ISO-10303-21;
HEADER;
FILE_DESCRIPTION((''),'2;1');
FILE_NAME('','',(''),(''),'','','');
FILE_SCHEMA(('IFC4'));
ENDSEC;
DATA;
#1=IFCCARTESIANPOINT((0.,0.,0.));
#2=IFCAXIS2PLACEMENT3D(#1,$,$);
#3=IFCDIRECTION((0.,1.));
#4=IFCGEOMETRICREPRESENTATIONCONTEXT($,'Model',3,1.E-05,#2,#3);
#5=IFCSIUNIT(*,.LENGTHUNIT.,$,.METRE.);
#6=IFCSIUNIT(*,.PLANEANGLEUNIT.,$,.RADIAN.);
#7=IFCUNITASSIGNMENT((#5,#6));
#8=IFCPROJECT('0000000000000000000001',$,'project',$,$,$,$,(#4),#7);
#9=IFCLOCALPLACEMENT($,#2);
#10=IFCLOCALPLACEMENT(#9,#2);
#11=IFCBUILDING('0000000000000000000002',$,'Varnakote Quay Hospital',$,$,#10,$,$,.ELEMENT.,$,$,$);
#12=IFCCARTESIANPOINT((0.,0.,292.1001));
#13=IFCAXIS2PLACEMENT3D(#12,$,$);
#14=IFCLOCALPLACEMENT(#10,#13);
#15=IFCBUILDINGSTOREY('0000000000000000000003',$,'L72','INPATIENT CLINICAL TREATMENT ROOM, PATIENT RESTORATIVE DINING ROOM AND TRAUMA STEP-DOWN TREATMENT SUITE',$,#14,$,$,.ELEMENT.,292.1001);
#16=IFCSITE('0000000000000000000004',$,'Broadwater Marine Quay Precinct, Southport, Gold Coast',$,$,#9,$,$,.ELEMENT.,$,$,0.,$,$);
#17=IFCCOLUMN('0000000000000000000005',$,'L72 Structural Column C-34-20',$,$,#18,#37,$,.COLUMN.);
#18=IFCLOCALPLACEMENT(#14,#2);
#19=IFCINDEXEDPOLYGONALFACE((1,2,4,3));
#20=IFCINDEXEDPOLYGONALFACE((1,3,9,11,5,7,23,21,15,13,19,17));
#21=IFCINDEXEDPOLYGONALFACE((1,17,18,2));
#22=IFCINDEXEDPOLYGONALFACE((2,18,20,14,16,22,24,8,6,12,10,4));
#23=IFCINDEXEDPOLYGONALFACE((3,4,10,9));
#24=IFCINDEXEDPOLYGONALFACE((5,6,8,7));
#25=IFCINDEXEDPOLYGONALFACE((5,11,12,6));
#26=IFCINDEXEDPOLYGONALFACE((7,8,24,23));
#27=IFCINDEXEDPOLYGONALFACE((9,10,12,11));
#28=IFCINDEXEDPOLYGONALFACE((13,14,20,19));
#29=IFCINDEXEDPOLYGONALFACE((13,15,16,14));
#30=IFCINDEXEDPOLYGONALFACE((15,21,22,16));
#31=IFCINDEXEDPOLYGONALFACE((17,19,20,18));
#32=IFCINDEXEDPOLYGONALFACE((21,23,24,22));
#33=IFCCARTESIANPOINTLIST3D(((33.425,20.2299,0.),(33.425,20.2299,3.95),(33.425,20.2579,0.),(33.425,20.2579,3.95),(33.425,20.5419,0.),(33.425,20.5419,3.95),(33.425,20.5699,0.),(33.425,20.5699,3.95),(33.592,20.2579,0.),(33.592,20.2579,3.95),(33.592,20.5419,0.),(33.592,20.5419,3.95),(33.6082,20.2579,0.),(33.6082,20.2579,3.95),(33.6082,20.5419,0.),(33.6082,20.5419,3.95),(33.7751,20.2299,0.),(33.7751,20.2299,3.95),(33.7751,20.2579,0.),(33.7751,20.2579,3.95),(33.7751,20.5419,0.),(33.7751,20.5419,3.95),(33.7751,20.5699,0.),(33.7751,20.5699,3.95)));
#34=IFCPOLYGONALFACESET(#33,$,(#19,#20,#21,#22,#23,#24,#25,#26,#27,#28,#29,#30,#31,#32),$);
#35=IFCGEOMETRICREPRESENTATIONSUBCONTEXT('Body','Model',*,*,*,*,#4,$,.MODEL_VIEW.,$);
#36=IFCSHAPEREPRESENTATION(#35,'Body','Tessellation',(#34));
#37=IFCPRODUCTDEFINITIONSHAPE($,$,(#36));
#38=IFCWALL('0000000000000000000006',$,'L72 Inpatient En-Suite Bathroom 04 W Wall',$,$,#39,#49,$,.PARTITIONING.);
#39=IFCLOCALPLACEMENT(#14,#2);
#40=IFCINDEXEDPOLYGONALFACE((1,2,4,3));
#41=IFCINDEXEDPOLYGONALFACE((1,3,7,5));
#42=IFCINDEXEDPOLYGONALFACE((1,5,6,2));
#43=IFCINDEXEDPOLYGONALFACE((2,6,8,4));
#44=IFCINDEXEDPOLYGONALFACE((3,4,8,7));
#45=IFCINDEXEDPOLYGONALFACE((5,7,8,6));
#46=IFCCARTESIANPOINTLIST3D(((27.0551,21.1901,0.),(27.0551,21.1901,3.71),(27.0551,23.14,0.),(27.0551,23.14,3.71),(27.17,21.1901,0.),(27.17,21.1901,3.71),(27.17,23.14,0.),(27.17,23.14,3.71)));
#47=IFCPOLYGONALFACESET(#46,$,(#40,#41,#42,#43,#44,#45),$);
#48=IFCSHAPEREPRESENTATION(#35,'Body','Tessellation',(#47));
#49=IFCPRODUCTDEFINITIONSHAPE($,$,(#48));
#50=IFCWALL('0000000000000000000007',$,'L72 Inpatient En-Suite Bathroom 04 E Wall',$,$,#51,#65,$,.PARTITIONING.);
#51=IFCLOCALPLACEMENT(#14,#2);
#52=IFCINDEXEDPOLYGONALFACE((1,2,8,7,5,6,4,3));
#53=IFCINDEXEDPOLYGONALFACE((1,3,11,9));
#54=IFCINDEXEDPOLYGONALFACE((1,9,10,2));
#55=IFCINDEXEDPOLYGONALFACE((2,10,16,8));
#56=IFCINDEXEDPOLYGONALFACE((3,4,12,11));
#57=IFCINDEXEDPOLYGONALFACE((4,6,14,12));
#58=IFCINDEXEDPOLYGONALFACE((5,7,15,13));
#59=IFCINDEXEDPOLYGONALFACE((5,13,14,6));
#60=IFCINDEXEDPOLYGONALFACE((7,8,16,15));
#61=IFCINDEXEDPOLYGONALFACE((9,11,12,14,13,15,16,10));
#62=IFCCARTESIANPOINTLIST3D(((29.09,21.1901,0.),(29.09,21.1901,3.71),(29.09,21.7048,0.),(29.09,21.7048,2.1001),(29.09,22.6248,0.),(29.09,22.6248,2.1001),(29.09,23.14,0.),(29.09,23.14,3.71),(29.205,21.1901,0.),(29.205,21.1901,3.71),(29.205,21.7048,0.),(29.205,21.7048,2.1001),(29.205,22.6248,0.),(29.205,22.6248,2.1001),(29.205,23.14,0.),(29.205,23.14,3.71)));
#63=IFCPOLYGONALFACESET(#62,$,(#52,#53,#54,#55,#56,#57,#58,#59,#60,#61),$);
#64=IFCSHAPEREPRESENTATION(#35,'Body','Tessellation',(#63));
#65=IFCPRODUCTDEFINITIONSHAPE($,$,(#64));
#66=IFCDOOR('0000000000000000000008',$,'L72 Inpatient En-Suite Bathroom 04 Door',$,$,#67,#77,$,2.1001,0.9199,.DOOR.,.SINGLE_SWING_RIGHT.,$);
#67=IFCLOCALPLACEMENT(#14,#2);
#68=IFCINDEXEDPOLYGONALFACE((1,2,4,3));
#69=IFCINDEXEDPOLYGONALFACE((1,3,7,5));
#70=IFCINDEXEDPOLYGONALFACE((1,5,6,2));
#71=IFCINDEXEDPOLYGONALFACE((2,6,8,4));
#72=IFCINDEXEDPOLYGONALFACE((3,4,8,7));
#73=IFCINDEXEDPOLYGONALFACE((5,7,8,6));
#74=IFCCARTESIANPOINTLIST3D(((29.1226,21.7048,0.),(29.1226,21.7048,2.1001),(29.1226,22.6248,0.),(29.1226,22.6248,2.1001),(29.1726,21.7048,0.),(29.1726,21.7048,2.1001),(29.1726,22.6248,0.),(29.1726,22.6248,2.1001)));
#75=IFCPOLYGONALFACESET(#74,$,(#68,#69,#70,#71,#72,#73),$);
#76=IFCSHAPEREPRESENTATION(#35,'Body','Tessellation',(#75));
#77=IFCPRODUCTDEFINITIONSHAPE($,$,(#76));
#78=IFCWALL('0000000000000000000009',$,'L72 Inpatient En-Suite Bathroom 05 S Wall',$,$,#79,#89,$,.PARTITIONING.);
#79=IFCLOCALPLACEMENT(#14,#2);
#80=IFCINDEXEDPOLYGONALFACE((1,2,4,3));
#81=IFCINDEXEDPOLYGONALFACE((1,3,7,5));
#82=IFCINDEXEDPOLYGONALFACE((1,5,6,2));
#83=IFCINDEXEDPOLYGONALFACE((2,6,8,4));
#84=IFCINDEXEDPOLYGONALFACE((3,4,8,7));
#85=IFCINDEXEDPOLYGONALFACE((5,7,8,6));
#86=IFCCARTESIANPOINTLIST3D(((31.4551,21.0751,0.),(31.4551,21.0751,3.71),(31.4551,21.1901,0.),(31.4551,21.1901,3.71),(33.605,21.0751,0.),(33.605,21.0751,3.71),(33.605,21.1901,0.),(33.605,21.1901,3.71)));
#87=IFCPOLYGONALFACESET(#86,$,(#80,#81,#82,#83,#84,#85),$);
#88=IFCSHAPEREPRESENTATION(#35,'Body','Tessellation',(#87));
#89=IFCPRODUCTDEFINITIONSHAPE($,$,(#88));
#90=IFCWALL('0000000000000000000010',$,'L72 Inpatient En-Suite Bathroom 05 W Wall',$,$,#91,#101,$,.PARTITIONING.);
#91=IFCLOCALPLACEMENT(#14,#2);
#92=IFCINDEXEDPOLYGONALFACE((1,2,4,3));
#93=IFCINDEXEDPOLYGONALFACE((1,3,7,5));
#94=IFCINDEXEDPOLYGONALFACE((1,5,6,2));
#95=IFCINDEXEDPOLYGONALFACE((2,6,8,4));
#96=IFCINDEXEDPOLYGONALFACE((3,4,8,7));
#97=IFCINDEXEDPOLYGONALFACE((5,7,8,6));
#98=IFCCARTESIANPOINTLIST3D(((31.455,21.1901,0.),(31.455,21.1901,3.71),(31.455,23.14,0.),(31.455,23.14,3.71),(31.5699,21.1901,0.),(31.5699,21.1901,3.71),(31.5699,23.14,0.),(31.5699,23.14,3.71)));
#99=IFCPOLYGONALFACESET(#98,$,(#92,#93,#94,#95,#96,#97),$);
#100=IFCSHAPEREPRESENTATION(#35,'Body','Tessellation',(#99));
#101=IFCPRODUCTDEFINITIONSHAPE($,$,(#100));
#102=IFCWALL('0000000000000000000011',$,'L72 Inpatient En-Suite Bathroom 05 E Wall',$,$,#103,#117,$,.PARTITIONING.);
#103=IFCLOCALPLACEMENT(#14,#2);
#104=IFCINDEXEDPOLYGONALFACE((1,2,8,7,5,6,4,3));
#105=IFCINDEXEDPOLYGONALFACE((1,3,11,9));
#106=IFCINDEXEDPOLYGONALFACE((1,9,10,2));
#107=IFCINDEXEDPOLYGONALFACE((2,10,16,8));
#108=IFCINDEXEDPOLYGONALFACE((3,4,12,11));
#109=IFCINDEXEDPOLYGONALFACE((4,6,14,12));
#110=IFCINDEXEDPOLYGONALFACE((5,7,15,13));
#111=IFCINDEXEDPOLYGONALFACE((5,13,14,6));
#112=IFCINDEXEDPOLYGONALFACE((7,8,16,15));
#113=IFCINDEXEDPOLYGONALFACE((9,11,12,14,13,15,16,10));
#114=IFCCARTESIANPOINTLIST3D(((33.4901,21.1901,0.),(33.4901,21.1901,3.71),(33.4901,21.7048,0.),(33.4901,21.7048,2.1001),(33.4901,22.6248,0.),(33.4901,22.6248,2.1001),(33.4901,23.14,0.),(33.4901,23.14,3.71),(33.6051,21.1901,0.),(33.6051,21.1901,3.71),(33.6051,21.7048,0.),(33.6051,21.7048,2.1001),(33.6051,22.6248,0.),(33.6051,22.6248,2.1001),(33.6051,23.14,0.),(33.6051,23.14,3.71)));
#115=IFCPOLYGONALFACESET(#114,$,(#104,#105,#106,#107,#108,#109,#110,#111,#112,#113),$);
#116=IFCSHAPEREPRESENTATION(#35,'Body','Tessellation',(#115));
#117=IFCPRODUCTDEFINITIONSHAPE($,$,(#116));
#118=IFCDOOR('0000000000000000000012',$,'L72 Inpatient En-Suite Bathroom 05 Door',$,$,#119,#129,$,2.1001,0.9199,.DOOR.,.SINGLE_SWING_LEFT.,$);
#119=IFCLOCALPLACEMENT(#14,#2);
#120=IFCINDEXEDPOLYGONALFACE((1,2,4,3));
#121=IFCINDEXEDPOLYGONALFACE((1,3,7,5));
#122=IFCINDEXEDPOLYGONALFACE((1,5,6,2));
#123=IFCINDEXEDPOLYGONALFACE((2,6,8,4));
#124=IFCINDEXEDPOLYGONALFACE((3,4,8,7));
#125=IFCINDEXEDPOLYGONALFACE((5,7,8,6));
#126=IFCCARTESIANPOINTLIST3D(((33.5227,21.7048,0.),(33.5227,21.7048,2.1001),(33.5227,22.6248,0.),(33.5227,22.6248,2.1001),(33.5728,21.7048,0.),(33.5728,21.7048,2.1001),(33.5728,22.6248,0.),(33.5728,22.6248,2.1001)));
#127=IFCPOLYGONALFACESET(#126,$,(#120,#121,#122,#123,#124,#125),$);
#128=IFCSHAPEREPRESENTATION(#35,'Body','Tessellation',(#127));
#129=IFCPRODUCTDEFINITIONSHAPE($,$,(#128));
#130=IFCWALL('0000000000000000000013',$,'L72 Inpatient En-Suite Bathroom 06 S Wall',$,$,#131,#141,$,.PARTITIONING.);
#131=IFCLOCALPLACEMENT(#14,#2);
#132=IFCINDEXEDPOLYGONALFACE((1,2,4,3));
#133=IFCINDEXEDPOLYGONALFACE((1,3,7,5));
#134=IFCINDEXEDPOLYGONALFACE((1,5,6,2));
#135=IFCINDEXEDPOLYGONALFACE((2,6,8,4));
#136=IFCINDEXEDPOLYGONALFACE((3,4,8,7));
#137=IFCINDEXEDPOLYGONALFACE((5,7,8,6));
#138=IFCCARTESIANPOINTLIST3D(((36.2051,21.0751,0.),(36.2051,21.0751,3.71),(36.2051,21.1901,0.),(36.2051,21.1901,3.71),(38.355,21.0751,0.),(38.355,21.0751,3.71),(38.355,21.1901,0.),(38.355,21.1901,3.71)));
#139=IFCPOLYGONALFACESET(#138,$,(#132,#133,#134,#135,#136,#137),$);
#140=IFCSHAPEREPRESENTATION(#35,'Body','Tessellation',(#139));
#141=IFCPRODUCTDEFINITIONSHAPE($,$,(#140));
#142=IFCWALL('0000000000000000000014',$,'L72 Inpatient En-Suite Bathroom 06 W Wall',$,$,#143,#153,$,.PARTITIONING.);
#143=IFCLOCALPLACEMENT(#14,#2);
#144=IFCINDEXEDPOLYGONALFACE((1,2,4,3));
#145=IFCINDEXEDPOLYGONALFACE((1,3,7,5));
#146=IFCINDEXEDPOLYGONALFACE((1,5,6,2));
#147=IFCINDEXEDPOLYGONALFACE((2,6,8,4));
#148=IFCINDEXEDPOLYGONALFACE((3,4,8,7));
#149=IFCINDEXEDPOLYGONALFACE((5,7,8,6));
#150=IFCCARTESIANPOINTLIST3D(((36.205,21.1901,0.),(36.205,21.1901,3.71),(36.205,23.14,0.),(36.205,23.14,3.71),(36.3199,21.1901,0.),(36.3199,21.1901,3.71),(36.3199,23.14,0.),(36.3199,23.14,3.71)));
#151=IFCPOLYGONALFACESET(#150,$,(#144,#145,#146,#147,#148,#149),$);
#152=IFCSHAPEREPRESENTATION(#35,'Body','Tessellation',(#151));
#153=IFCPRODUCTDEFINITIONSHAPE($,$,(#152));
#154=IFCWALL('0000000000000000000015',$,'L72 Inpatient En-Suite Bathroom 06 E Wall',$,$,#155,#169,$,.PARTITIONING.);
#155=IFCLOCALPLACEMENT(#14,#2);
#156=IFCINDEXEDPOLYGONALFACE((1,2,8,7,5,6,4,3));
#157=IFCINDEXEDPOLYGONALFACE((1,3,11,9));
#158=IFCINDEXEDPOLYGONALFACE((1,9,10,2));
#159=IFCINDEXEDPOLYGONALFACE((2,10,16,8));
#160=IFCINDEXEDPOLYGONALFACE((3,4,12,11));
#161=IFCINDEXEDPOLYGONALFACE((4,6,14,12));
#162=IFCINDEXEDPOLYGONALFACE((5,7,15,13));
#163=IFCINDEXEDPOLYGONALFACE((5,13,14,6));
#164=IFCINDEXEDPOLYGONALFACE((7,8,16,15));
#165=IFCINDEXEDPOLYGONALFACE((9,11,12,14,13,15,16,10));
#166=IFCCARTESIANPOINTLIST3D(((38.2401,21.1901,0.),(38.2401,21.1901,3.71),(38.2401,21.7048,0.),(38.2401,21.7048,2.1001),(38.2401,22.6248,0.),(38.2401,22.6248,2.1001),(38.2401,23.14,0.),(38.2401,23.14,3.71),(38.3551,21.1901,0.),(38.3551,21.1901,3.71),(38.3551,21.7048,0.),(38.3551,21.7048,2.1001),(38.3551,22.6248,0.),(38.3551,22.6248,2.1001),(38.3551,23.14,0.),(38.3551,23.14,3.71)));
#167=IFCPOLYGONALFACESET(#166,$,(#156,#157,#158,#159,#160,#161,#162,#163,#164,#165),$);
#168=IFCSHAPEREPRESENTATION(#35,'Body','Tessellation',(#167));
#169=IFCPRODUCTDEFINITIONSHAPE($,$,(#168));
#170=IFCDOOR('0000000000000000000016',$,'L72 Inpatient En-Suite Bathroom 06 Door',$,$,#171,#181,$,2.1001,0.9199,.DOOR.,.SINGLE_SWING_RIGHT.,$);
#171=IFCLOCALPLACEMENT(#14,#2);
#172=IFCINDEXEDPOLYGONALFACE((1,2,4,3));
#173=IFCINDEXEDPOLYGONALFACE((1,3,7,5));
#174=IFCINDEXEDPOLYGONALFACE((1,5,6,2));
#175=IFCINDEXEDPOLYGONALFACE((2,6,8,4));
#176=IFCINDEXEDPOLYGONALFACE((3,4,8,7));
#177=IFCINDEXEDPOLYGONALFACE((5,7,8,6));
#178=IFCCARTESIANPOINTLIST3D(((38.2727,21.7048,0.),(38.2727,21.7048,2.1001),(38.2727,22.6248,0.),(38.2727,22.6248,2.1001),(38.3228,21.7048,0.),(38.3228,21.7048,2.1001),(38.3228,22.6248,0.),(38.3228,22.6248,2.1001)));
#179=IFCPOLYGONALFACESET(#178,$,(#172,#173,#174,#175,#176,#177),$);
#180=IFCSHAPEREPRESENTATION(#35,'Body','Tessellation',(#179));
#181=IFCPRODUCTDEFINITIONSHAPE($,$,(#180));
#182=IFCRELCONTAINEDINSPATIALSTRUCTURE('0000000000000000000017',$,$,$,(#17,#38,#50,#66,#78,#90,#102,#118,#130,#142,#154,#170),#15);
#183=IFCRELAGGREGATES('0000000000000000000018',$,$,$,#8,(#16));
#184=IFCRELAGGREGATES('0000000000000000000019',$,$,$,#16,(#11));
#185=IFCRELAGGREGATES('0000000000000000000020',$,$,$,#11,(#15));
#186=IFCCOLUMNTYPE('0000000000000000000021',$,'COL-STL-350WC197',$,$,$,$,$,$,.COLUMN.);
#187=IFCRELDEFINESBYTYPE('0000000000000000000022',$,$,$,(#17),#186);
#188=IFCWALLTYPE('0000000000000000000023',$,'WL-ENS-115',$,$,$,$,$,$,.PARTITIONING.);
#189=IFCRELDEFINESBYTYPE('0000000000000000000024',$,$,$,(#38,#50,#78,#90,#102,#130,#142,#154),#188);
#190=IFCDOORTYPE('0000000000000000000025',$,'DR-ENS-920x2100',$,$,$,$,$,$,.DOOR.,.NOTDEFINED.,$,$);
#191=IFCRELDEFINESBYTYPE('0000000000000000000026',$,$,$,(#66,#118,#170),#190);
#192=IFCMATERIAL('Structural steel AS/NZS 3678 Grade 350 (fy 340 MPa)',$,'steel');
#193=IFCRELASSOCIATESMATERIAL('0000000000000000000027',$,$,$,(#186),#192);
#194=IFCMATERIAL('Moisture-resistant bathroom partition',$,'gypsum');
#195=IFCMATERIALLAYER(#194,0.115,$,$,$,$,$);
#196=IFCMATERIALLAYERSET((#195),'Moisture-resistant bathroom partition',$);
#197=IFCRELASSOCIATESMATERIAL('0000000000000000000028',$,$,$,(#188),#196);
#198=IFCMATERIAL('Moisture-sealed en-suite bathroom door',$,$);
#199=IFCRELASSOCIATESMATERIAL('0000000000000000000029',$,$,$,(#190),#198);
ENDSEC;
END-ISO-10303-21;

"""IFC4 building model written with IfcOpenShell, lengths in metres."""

from ifc_helpers import new_model, si_unit, direction, frame, frame_2d, origin, origin_2d, place, context, subcontext, project, spatial, rectangle, i_section, extrude, material, layer, layer_set, material_profile, profile_set, type_object, element, fill, save


model = new_model("IFC4")

# Units and contexts
model_context = context("Model", 3, precision=1e-05, world=origin(), true_north=direction((0.0, 1.0)))
body_context = subcontext(model_context, "Body", "Model", "MODEL_VIEW")
ifc_project = project(units=[si_unit("LENGTHUNIT", "METRE"), si_unit("PLANEANGLEUNIT", "RADIAN")], contexts=[model_context])

# Site, building, storey
site_placement = place(None, origin())
site = spatial("IfcSite", under=ifc_project, at=site_placement, Name="Broadwater Marine Quay Precinct, Southport, Gold Coast", CompositionType="ELEMENT", RefElevation=0.0)
building_placement = place(site_placement, origin())
building = spatial("IfcBuilding", under=site, at=building_placement, Name="Varnakote Quay Hospital", CompositionType="ELEMENT")
storey_placement = place(building_placement, frame((0.0, 0.0, 292.1001)))
storey = spatial("IfcBuildingStorey", under=building, at=storey_placement, Name="L72", Description="INPATIENT CLINICAL TREATMENT ROOM, PATIENT RESTORATIVE DINING ROOM AND TRAUMA STEP-DOWN TREATMENT SUITE", CompositionType="ELEMENT", Elevation=292.1001)

# Column
ifc_material_1 = material(Name="Structural steel AS/NZS 3678 Grade 350 (fy 340 MPa)", Category="steel")
ifc_material_profile = material_profile(ifc_material_1, i_section(OverallWidth=0.3501, OverallDepth=0.3401, WebThickness=0.0161, FlangeThickness=0.0281, at=origin_2d()), Name="350WC197")
ifc_profile_set = profile_set([ifc_material_profile], Name="Structural steel AS/NZS 3678 Grade 350 (fy 340 MPa)")
column_type = type_object("IfcColumnType", Name="COL-STL-350WC197", PredefinedType="COLUMN", material=ifc_profile_set)
column_placement = place(storey_placement, frame((33.6001, 20.3999, 0.0), z_axis=(0.0, 0.0, 1.0), x_axis=(1.0, 0.0, 0.0)))
element("IfcColumn", 1, at=column_placement, inside=storey, type_object=column_type, Name="L72 Structural Column C-34-20", PredefinedType="COLUMN", context=body_context, shape_type="SweptSolid", body=[
    extrude(i_section(OverallWidth=0.3501, OverallDepth=0.3401, WebThickness=0.0161, FlangeThickness=0.0281, at=origin_2d()), origin(), (0.0, 0.0, 1.0), 3.95),
])

# Wall
ifc_material_2 = material(Name="Moisture-resistant bathroom partition", Category="gypsum")
ifc_layer_1 = layer(ifc_material_2, 0.115)
ifc_layer_set_1 = layer_set([ifc_layer_1], Name="Moisture-resistant bathroom partition")
wall_type_1 = type_object("IfcWallType", Name="WL-ENS-115", PredefinedType="PARTITIONING", material=ifc_layer_set_1)
wall_1_placement = place(storey_placement, frame((27.1125, 21.1899, 0.0), z_axis=(0.0, 0.0, 1.0), x_axis=(0.0, 1.0, 0.0)))
element("IfcWall", 2, at=wall_1_placement, inside=storey, type_object=wall_type_1, Name="L72 Inpatient En-Suite Bathroom 04 W Wall", PredefinedType="PARTITIONING", context=body_context, shape_type="SweptSolid", body=[
    extrude(rectangle(XDim=1.95, YDim=0.115, at=frame_2d((0.9751, 0.0))), origin(), (0.0, 0.0, 1.0), 3.71),
])

# Wall, opening, door
wall_2_placement = place(storey_placement, frame((29.1475, 21.1899, 0.0), z_axis=(0.0, 0.0, 1.0), x_axis=(0.0, 1.0, 0.0)))
wall_2 = element("IfcWall", 3, at=wall_2_placement, inside=storey, type_object=wall_type_1, Name="L72 Inpatient En-Suite Bathroom 04 E Wall", PredefinedType="PARTITIONING", context=body_context, shape_type="SweptSolid", body=[
    extrude(rectangle(XDim=1.95, YDim=0.115, at=frame_2d((0.9751, 0.0))), origin(), (0.0, 0.0, 1.0), 3.71),
])
opening_1_placement = place(wall_2_placement, frame((0.5149, 0.0, 0.0)))
opening_1 = element("IfcOpeningElement", 4, at=opening_1_placement, cuts=wall_2, PredefinedType="OPENING", context=body_context, shape_type="SweptSolid", body=[
    extrude(rectangle(XDim=0.9199, YDim=2.1001, at=frame_2d((0.46, 1.05))), frame((0.0, 0.0674, 0.0), z_axis=(0.0, -1.0, 0.0), x_axis=(1.0, 0.0, 0.0)), (0.0, 0.0, 1.0), 0.135),
])
ifc_material_3 = material(Name="Moisture-sealed en-suite bathroom door")
door_type_1 = type_object("IfcDoorType", Name="DR-ENS-920x2100", OperationType="NOTDEFINED", PredefinedType="DOOR", material=ifc_material_3)
door_1_placement = place(opening_1_placement, origin())
door_1 = element("IfcDoor", 5, at=door_1_placement, inside=storey, type_object=door_type_1, Name="L72 Inpatient En-Suite Bathroom 04 Door", OperationType="SINGLE_SWING_RIGHT", OverallHeight=2.1001, OverallWidth=0.9199, PredefinedType="DOOR", context=body_context, shape_type="SweptSolid", body=[
    extrude(rectangle(XDim=0.9199, YDim=2.1001, at=frame_2d((0.46, 1.05))), frame((0.0, 0.0249, 0.0), z_axis=(0.0, -1.0, 0.0), x_axis=(1.0, 0.0, 0.0)), (0.0, 0.0, 1.0), 0.05),
])
fill(opening_1, door_1)

# Walls
wall_3_placement = place(storey_placement, frame((31.4551, 21.1326, 0.0), z_axis=(0.0, 0.0, 1.0), x_axis=(1.0, 0.0, 0.0)))
element("IfcWall", 6, at=wall_3_placement, inside=storey, type_object=wall_type_1, Name="L72 Inpatient En-Suite Bathroom 05 S Wall", PredefinedType="PARTITIONING", context=body_context, shape_type="SweptSolid", body=[
    extrude(rectangle(XDim=2.1499, YDim=0.115, at=frame_2d((1.075, 0.0))), origin(), (0.0, 0.0, 1.0), 3.71),
])
wall_4_placement = place(storey_placement, frame((31.5125, 21.1899, 0.0), z_axis=(0.0, 0.0, 1.0), x_axis=(0.0, 1.0, 0.0)))
element("IfcWall", 7, at=wall_4_placement, inside=storey, type_object=wall_type_1, Name="L72 Inpatient En-Suite Bathroom 05 W Wall", PredefinedType="PARTITIONING", context=body_context, shape_type="SweptSolid", body=[
    extrude(rectangle(XDim=1.95, YDim=0.115, at=frame_2d((0.9751, 0.0))), origin(), (0.0, 0.0, 1.0), 3.71),
])

# Wall, opening, door
wall_5_placement = place(storey_placement, frame((33.5476, 21.1899, 0.0), z_axis=(0.0, 0.0, 1.0), x_axis=(0.0, 1.0, 0.0)))
wall_5 = element("IfcWall", 8, at=wall_5_placement, inside=storey, type_object=wall_type_1, Name="L72 Inpatient En-Suite Bathroom 05 E Wall", PredefinedType="PARTITIONING", context=body_context, shape_type="SweptSolid", body=[
    extrude(rectangle(XDim=1.95, YDim=0.115, at=frame_2d((0.9751, 0.0))), origin(), (0.0, 0.0, 1.0), 3.71),
])
opening_2_placement = place(wall_5_placement, frame((0.5149, 0.0, 0.0)))
opening_2 = element("IfcOpeningElement", 9, at=opening_2_placement, cuts=wall_5, PredefinedType="OPENING", context=body_context, shape_type="SweptSolid", body=[
    extrude(rectangle(XDim=0.9199, YDim=2.1001, at=frame_2d((0.46, 1.05))), frame((0.0, 0.0674, 0.0), z_axis=(0.0, -1.0, 0.0), x_axis=(1.0, 0.0, 0.0)), (0.0, 0.0, 1.0), 0.135),
])
door_2_placement = place(opening_2_placement, origin())
door_2 = element("IfcDoor", 10, at=door_2_placement, inside=storey, type_object=door_type_1, Name="L72 Inpatient En-Suite Bathroom 05 Door", OperationType="SINGLE_SWING_LEFT", OverallHeight=2.1001, OverallWidth=0.9199, PredefinedType="DOOR", context=body_context, shape_type="SweptSolid", body=[
    extrude(rectangle(XDim=0.9199, YDim=2.1001, at=frame_2d((0.46, 1.05))), frame((0.0, 0.0249, 0.0), z_axis=(0.0, -1.0, 0.0), x_axis=(1.0, 0.0, 0.0)), (0.0, 0.0, 1.0), 0.05),
])
fill(opening_2, door_2)

# Walls
wall_6_placement = place(storey_placement, frame((36.2051, 21.1326, 0.0), z_axis=(0.0, 0.0, 1.0), x_axis=(1.0, 0.0, 0.0)))
element("IfcWall", 11, at=wall_6_placement, inside=storey, type_object=wall_type_1, Name="L72 Inpatient En-Suite Bathroom 06 S Wall", PredefinedType="PARTITIONING", context=body_context, shape_type="SweptSolid", body=[
    extrude(rectangle(XDim=2.1499, YDim=0.115, at=frame_2d((1.075, 0.0))), origin(), (0.0, 0.0, 1.0), 3.71),
])
wall_7_placement = place(storey_placement, frame((36.2625, 21.1899, 0.0), z_axis=(0.0, 0.0, 1.0), x_axis=(0.0, 1.0, 0.0)))
element("IfcWall", 12, at=wall_7_placement, inside=storey, type_object=wall_type_1, Name="L72 Inpatient En-Suite Bathroom 06 W Wall", PredefinedType="PARTITIONING", context=body_context, shape_type="SweptSolid", body=[
    extrude(rectangle(XDim=1.95, YDim=0.115, at=frame_2d((0.9751, 0.0))), origin(), (0.0, 0.0, 1.0), 3.71),
])

# Wall, opening, door
wall_8_placement = place(storey_placement, frame((38.2976, 21.1899, 0.0), z_axis=(0.0, 0.0, 1.0), x_axis=(0.0, 1.0, 0.0)))
wall_8 = element("IfcWall", 13, at=wall_8_placement, inside=storey, type_object=wall_type_1, Name="L72 Inpatient En-Suite Bathroom 06 E Wall", PredefinedType="PARTITIONING", context=body_context, shape_type="SweptSolid", body=[
    extrude(rectangle(XDim=1.95, YDim=0.115, at=frame_2d((0.9751, 0.0))), origin(), (0.0, 0.0, 1.0), 3.71),
])
opening_3_placement = place(wall_8_placement, frame((0.5149, 0.0, 0.0)))
opening_3 = element("IfcOpeningElement", 14, at=opening_3_placement, cuts=wall_8, PredefinedType="OPENING", context=body_context, shape_type="SweptSolid", body=[
    extrude(rectangle(XDim=0.9199, YDim=2.1001, at=frame_2d((0.46, 1.05))), frame((0.0, 0.0674, 0.0), z_axis=(0.0, -1.0, 0.0), x_axis=(1.0, 0.0, 0.0)), (0.0, 0.0, 1.0), 0.135),
])
door_3_placement = place(opening_3_placement, origin())
door_3 = element("IfcDoor", 15, at=door_3_placement, inside=storey, type_object=door_type_1, Name="L72 Inpatient En-Suite Bathroom 06 Door", OperationType="SINGLE_SWING_RIGHT", OverallHeight=2.1001, OverallWidth=0.9199, PredefinedType="DOOR", context=body_context, shape_type="SweptSolid", body=[
    extrude(rectangle(XDim=0.9199, YDim=2.1001, at=frame_2d((0.46, 1.05))), frame((0.0, 0.0249, 0.0), z_axis=(0.0, -1.0, 0.0), x_axis=(1.0, 0.0, 0.0)), (0.0, 0.0, 1.0), 0.05),
])
fill(opening_3, door_3)

save(model, "model.ifc")
